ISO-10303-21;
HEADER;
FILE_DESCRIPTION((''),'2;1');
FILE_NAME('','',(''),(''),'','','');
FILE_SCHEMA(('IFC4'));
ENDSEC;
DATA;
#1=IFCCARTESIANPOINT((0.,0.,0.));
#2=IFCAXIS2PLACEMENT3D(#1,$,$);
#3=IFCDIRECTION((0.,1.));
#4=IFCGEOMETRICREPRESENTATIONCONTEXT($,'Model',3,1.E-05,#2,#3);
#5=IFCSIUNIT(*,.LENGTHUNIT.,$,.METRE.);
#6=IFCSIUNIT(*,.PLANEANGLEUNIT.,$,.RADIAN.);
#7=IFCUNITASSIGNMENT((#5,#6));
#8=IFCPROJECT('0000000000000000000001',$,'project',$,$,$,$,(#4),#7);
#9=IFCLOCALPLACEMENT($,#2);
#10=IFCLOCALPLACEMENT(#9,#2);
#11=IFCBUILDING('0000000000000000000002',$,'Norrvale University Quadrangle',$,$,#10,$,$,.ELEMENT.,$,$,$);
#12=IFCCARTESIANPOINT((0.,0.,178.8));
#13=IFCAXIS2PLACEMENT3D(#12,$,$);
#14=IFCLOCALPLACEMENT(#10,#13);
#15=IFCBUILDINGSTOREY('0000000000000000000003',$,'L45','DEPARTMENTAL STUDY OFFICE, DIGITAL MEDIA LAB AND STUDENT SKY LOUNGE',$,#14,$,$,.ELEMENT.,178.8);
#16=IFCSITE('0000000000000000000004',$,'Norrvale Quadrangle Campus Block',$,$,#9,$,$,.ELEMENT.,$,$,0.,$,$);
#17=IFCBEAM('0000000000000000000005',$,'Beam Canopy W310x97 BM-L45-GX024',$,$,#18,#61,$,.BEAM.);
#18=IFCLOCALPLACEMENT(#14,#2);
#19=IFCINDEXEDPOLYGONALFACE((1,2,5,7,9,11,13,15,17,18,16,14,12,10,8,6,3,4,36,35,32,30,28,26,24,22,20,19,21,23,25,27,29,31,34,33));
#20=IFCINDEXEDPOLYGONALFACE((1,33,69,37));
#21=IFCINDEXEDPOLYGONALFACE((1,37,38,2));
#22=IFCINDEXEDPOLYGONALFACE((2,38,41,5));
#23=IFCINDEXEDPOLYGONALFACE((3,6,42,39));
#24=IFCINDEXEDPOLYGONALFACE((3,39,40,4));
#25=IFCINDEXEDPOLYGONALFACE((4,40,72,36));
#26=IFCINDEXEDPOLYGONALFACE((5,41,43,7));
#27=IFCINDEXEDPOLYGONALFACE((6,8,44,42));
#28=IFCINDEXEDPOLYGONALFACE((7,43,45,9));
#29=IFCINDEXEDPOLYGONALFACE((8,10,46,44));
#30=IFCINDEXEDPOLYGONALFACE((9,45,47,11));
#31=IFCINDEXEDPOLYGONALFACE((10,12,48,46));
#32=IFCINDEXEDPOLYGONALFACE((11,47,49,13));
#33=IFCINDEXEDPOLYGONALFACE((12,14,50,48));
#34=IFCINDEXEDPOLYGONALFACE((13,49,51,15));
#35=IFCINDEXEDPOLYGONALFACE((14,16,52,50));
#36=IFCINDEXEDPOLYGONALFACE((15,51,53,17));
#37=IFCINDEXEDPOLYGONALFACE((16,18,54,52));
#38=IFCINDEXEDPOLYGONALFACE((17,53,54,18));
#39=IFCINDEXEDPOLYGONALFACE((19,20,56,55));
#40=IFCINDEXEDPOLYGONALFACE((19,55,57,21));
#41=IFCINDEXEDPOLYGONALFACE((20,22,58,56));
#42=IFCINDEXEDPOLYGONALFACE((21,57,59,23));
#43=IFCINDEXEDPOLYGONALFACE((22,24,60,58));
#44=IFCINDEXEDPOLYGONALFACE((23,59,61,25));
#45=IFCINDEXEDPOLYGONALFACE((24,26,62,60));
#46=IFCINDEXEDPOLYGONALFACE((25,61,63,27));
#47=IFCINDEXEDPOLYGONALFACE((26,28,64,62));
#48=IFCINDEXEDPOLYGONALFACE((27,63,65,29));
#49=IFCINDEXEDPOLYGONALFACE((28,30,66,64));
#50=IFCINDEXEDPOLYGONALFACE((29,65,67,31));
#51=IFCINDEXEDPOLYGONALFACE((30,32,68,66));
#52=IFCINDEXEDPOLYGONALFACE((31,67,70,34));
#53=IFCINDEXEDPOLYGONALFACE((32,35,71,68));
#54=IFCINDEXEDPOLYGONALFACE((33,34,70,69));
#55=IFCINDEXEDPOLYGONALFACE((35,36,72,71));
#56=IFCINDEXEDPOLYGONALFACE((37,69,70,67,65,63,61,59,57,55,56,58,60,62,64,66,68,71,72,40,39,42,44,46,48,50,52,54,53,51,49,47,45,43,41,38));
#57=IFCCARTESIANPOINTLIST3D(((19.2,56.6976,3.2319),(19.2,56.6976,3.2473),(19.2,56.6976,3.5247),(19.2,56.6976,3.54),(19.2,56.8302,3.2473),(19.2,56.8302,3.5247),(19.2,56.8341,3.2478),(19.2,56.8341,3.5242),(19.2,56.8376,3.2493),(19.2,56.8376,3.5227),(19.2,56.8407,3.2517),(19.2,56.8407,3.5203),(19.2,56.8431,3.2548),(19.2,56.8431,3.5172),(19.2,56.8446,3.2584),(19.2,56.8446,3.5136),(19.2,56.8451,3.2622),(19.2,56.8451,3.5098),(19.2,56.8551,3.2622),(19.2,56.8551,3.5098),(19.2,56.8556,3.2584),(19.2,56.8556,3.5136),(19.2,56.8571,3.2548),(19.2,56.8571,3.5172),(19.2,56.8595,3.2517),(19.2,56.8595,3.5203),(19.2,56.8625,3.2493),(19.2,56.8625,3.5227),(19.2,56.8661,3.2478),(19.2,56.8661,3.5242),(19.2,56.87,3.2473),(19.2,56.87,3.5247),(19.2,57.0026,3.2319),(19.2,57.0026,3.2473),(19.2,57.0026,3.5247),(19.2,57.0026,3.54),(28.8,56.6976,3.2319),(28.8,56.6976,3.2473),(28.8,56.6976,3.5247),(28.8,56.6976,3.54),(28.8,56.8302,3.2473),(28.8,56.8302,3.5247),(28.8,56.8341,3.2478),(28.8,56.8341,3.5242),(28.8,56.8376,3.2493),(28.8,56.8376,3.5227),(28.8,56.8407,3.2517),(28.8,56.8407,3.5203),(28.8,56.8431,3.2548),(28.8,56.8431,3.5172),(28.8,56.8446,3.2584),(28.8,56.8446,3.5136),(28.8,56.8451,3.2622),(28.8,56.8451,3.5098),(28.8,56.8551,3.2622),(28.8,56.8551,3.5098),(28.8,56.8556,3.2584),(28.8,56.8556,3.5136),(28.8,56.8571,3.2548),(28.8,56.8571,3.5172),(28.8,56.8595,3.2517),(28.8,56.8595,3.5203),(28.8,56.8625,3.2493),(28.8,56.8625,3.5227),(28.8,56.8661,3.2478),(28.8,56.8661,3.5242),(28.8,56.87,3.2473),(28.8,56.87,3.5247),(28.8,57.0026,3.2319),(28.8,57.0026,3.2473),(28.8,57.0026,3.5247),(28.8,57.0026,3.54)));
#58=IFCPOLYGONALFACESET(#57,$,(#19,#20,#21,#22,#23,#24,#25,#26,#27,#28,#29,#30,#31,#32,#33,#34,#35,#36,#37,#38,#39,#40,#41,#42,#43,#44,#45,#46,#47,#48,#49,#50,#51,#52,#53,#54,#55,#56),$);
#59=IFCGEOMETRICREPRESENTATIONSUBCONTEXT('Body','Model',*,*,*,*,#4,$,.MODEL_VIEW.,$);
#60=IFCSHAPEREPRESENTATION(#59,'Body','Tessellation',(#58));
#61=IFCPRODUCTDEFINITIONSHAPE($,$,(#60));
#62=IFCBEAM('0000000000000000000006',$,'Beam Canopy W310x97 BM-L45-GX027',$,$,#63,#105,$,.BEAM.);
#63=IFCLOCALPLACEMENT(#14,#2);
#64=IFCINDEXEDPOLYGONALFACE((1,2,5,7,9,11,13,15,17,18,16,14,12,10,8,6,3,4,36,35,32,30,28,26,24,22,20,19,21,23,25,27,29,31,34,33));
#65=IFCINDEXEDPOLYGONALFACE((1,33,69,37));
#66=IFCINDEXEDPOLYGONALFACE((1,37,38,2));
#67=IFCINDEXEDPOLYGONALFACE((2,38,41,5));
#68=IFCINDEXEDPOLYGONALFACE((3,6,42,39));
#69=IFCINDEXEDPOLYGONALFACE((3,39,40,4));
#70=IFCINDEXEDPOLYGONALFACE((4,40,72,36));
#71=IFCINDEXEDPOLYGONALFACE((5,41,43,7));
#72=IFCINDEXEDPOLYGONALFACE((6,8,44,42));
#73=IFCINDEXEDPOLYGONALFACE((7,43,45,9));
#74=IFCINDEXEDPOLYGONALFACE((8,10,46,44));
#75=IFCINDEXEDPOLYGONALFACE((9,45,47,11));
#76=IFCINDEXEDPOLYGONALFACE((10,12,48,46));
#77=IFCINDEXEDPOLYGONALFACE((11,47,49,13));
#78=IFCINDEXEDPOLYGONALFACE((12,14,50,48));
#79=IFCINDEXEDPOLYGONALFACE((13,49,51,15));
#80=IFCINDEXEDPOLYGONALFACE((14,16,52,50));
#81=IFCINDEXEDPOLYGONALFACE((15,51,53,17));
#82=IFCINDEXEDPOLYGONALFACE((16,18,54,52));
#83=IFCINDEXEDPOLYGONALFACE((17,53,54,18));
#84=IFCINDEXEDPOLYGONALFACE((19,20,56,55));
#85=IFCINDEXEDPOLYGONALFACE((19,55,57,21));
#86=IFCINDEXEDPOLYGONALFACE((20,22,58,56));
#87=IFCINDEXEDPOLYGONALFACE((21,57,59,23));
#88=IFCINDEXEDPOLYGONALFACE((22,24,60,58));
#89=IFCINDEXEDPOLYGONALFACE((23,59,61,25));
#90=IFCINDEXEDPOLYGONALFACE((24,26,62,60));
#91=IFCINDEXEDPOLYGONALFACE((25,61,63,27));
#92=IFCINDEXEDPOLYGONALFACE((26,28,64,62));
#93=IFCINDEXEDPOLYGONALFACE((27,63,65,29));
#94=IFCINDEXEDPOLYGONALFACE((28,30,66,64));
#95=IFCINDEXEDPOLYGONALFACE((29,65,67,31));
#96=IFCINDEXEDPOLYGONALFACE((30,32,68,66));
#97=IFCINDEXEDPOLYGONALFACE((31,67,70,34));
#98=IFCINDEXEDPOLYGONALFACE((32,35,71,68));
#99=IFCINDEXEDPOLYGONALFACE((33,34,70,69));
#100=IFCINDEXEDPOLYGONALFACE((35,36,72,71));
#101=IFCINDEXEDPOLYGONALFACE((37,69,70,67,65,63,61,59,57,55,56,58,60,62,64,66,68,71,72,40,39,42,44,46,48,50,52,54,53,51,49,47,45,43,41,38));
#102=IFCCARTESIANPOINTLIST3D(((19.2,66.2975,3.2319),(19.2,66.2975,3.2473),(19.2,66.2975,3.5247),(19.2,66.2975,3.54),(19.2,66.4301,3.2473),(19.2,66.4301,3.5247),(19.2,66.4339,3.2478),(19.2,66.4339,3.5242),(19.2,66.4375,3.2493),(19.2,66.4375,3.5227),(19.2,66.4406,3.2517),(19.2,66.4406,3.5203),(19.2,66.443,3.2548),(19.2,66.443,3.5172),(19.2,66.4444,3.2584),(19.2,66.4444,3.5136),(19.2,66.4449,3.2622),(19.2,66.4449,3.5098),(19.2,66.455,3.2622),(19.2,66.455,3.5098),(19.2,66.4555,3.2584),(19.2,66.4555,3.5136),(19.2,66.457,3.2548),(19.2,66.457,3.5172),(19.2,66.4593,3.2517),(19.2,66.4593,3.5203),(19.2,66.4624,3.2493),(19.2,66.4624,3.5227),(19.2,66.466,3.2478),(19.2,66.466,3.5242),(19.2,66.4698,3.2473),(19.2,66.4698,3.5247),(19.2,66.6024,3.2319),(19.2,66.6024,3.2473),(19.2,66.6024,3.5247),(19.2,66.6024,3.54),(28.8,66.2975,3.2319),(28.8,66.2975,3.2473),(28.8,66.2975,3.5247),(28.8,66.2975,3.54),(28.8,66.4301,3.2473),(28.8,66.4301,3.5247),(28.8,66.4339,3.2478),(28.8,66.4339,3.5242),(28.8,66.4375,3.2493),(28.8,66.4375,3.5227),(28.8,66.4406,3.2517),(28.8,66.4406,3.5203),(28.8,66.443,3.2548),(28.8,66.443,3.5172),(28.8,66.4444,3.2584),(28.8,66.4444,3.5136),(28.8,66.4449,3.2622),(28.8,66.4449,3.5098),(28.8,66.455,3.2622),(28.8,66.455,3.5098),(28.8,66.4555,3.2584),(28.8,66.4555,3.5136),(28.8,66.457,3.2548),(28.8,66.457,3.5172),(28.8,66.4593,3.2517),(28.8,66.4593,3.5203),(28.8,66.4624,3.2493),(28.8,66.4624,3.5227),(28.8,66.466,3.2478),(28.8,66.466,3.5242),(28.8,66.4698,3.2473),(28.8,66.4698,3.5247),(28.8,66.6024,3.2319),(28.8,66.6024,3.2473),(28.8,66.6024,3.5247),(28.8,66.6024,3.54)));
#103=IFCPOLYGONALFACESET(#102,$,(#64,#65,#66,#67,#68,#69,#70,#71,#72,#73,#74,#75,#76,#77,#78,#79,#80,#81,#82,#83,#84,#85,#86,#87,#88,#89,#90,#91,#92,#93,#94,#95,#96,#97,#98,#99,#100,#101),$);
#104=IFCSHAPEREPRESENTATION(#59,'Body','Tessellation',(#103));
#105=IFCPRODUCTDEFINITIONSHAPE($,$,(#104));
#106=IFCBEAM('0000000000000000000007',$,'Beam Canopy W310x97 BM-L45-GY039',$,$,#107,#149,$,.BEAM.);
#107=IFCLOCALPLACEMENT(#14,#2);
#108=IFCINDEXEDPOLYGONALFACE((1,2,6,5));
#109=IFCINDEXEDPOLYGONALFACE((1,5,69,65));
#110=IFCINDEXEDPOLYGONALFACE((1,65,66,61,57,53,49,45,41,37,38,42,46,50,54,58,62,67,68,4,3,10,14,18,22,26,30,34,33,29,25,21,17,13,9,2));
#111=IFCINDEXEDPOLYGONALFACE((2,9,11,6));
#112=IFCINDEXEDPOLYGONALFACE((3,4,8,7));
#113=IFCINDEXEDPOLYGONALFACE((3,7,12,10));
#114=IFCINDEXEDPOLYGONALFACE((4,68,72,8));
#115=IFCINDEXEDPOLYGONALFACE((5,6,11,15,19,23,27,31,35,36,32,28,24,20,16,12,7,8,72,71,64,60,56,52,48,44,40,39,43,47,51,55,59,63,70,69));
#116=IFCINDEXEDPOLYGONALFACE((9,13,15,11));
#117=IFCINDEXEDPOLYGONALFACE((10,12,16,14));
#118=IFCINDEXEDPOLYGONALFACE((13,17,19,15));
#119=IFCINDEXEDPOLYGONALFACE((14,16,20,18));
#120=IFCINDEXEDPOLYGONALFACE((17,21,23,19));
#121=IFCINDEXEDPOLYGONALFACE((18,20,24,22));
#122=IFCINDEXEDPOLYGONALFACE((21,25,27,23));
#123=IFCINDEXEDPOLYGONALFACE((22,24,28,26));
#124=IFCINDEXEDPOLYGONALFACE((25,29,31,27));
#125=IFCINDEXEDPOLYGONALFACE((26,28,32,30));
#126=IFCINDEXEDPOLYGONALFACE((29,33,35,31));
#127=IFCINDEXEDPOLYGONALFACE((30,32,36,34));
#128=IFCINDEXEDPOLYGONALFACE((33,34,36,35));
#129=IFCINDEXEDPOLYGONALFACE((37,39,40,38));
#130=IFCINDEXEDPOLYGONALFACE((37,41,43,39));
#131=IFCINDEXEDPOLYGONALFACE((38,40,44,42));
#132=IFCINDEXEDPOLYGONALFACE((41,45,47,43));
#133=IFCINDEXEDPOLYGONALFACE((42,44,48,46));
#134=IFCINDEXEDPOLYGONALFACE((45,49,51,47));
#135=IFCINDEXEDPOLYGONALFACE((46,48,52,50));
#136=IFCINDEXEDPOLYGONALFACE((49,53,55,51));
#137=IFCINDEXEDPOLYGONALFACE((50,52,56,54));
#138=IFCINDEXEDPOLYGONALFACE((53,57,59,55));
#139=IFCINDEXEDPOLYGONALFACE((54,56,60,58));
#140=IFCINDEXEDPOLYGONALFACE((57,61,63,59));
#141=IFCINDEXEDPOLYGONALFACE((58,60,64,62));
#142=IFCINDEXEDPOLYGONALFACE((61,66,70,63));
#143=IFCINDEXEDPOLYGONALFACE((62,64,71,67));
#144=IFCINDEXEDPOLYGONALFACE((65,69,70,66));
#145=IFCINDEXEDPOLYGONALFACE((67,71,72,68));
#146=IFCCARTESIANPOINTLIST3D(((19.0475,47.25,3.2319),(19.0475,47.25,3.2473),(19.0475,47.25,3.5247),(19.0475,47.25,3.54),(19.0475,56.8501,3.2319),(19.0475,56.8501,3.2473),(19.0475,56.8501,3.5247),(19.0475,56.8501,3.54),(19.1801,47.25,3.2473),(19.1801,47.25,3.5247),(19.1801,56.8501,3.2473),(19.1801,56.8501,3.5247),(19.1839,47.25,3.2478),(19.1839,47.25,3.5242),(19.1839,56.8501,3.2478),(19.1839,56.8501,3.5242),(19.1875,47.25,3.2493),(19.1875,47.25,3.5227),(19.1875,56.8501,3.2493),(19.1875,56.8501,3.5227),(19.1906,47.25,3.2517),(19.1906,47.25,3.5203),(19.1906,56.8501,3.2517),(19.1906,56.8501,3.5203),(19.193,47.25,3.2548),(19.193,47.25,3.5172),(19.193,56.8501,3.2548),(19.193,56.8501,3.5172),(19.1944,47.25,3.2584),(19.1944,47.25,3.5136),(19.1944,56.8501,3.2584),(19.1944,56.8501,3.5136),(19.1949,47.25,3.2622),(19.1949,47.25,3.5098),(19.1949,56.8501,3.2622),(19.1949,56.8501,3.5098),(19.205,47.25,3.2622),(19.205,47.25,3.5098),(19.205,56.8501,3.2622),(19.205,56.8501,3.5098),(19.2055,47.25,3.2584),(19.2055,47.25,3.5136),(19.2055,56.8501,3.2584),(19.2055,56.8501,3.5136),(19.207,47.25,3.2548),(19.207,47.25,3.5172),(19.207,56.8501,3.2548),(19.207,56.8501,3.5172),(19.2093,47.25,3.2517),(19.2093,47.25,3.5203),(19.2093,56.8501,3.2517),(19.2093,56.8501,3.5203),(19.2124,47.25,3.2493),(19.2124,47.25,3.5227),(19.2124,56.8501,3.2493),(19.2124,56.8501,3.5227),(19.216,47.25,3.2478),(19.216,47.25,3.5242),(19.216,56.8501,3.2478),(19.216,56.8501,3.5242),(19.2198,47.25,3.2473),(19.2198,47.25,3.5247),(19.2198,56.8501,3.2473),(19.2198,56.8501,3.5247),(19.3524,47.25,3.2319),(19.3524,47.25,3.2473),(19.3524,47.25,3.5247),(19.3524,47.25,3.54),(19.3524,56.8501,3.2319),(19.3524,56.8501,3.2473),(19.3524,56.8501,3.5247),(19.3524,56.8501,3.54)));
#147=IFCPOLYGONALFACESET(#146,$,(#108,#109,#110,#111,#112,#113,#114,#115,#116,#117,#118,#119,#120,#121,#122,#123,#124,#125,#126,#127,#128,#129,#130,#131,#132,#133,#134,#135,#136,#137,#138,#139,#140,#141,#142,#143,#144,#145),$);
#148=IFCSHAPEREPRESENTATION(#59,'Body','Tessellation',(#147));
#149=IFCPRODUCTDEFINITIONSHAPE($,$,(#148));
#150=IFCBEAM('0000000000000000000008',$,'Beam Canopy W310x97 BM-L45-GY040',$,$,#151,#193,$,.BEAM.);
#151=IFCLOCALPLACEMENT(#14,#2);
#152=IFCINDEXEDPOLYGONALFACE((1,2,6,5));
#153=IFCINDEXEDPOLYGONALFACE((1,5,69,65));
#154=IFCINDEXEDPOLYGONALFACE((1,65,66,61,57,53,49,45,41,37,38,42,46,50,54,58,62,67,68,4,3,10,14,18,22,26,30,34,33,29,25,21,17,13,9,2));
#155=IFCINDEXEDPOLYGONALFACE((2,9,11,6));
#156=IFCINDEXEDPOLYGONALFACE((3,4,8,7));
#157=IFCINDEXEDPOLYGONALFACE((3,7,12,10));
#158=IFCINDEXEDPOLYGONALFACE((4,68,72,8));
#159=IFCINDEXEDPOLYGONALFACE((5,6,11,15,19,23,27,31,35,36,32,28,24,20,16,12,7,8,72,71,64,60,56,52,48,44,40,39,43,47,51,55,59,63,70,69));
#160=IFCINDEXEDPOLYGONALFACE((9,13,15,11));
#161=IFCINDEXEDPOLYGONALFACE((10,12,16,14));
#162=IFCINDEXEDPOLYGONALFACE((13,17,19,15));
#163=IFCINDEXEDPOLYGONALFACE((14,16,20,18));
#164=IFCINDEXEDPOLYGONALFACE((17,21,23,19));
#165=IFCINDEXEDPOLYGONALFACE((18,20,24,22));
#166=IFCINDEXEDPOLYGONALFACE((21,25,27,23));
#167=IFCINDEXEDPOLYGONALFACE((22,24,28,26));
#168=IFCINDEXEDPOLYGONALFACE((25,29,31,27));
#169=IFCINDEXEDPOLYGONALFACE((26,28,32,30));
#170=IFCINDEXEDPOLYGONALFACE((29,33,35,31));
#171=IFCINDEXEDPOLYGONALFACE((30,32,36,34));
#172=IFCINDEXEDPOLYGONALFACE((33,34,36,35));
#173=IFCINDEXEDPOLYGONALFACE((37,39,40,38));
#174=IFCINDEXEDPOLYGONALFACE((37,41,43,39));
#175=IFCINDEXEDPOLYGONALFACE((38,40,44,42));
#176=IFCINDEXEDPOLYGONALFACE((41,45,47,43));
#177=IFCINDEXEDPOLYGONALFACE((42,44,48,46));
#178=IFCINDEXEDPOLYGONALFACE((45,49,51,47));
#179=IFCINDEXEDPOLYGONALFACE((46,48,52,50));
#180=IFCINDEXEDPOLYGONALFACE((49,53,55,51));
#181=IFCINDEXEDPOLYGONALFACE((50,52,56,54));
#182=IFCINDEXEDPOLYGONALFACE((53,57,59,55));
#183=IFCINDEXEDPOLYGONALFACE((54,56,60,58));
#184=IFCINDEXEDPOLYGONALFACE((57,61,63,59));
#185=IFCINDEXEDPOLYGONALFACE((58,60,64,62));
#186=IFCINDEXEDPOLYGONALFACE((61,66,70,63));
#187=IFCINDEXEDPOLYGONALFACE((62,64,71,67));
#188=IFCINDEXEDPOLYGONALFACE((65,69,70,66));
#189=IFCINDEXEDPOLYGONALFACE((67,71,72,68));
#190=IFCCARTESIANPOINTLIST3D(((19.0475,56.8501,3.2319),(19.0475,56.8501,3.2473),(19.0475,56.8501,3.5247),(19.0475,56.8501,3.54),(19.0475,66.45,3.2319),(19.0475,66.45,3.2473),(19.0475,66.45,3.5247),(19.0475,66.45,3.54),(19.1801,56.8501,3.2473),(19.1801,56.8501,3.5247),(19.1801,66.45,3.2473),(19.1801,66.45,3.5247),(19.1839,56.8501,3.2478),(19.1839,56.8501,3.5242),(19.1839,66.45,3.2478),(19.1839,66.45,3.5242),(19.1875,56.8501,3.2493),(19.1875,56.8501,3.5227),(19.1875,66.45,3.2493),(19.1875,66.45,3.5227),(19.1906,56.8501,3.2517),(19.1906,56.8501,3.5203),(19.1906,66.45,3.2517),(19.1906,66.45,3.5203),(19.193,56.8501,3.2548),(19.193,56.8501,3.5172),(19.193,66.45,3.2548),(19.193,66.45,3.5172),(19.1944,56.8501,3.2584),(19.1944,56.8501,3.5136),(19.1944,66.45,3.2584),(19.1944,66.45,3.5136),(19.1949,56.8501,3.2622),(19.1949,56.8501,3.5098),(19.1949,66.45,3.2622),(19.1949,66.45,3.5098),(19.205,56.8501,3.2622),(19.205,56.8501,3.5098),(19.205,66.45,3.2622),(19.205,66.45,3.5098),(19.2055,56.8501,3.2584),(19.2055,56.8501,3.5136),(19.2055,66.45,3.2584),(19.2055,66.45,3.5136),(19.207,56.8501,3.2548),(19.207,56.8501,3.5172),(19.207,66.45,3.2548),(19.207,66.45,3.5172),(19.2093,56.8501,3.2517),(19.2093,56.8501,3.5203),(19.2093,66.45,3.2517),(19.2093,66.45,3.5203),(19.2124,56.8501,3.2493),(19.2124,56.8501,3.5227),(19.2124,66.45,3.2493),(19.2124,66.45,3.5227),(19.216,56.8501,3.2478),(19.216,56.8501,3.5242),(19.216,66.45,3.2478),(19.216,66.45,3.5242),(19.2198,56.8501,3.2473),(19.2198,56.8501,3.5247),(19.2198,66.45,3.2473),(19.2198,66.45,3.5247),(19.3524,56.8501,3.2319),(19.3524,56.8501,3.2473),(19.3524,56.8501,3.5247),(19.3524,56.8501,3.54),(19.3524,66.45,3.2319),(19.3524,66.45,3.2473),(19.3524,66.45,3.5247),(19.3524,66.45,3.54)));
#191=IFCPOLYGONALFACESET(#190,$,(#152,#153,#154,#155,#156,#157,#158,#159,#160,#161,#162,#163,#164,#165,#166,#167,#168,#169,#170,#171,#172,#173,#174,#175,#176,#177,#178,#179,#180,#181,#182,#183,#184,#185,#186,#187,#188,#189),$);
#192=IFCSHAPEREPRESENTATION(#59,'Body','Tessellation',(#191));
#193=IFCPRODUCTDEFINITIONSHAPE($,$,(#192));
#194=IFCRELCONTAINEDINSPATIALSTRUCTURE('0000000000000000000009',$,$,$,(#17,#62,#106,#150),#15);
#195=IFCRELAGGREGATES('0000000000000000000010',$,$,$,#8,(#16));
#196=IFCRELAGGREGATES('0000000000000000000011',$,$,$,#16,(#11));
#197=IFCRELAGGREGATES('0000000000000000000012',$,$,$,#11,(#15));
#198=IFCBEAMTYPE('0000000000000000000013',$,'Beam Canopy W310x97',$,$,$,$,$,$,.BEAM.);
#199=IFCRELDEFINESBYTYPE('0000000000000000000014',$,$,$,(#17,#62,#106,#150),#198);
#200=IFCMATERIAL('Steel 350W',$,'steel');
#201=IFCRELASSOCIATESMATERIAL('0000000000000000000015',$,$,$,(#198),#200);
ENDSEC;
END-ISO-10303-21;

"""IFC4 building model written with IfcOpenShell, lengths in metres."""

from ifc_helpers import new_model, si_unit, direction, frame, origin, origin_2d, place, context, subcontext, project, spatial, i_section, extrude, material, material_profile, profile_set, type_object, element, save


model = new_model("IFC4")

# Units and contexts
model_context = context("Model", 3, precision=1e-05, world=origin(), true_north=direction((0.0, 1.0)))
body_context = subcontext(model_context, "Body", "Model", "MODEL_VIEW")
ifc_project = project(units=[si_unit("LENGTHUNIT", "METRE"), si_unit("PLANEANGLEUNIT", "RADIAN")], contexts=[model_context])

# Site, building, storey
site_placement = place(None, origin())
site = spatial("IfcSite", under=ifc_project, at=site_placement, Name="Norrvale Quadrangle Campus Block", CompositionType="ELEMENT", RefElevation=0.0)
building_placement = place(site_placement, origin())
building = spatial("IfcBuilding", under=site, at=building_placement, Name="Norrvale University Quadrangle", CompositionType="ELEMENT")
storey_placement = place(building_placement, frame((0.0, 0.0, 178.8)))
storey = spatial("IfcBuildingStorey", under=building, at=storey_placement, Name="L45", Description="DEPARTMENTAL STUDY OFFICE, DIGITAL MEDIA LAB AND STUDENT SKY LOUNGE", CompositionType="ELEMENT", Elevation=178.8)

# Beams
ifc_material_1 = material(Name="Steel 350W", Category="steel")
ifc_material_profile_1 = material_profile(ifc_material_1, i_section(OverallWidth=0.3049, OverallDepth=0.3081, WebThickness=0.01, FlangeThickness=0.0154, FilletRadius=0.0149, at=origin_2d()), Name="Steel 350W")
ifc_profile_set_1 = profile_set([ifc_material_profile_1], Name="Steel 350W")
beam_type_1 = type_object("IfcBeamType", Name="Beam Canopy W310x97", PredefinedType="BEAM", material=ifc_profile_set_1)
for number, where, z_axis, x_axis, name in (
    (1, (19.2, 56.8501, 3.386), (1.0, 0.0, 0.0), (0.0, 1.0, 0.0), "Beam Canopy W310x97 BM-L45-GX024"),
    (2, (19.2, 66.45, 3.386), (1.0, 0.0, 0.0), (0.0, 1.0, 0.0), "Beam Canopy W310x97 BM-L45-GX027"),
    (3, (19.2, 47.25, 3.386), (0.0, 1.0, 0.0), (-1.0, 0.0, 0.0), "Beam Canopy W310x97 BM-L45-GY039"),
):
    element("IfcBeam", number, at=place(storey_placement, frame(where, z_axis=z_axis, x_axis=x_axis)), inside=storey, type_object=beam_type_1, Name=name, PredefinedType="BEAM", context=body_context, shape_type="SweptSolid", body=[
        extrude(i_section(OverallWidth=0.3049, OverallDepth=0.3081, WebThickness=0.01, FlangeThickness=0.0154, FilletRadius=0.0149, at=origin_2d()), origin(), (0.0, 0.0, 1.0), 9.6001),
    ])
beam_1_placement = place(storey_placement, frame((19.2, 56.8501, 3.386), z_axis=(0.0, 1.0, 0.0), x_axis=(-1.0, 0.0, 0.0)))
element("IfcBeam", 4, at=beam_1_placement, inside=storey, type_object=beam_type_1, Name="Beam Canopy W310x97 BM-L45-GY040", PredefinedType="BEAM", context=body_context, shape_type="SweptSolid", body=[
    extrude(i_section(OverallWidth=0.3049, OverallDepth=0.3081, WebThickness=0.01, FlangeThickness=0.0154, FilletRadius=0.0149, at=origin_2d()), origin(), (0.0, 0.0, 1.0), 9.5999),
])

save(model, "model.ifc")
